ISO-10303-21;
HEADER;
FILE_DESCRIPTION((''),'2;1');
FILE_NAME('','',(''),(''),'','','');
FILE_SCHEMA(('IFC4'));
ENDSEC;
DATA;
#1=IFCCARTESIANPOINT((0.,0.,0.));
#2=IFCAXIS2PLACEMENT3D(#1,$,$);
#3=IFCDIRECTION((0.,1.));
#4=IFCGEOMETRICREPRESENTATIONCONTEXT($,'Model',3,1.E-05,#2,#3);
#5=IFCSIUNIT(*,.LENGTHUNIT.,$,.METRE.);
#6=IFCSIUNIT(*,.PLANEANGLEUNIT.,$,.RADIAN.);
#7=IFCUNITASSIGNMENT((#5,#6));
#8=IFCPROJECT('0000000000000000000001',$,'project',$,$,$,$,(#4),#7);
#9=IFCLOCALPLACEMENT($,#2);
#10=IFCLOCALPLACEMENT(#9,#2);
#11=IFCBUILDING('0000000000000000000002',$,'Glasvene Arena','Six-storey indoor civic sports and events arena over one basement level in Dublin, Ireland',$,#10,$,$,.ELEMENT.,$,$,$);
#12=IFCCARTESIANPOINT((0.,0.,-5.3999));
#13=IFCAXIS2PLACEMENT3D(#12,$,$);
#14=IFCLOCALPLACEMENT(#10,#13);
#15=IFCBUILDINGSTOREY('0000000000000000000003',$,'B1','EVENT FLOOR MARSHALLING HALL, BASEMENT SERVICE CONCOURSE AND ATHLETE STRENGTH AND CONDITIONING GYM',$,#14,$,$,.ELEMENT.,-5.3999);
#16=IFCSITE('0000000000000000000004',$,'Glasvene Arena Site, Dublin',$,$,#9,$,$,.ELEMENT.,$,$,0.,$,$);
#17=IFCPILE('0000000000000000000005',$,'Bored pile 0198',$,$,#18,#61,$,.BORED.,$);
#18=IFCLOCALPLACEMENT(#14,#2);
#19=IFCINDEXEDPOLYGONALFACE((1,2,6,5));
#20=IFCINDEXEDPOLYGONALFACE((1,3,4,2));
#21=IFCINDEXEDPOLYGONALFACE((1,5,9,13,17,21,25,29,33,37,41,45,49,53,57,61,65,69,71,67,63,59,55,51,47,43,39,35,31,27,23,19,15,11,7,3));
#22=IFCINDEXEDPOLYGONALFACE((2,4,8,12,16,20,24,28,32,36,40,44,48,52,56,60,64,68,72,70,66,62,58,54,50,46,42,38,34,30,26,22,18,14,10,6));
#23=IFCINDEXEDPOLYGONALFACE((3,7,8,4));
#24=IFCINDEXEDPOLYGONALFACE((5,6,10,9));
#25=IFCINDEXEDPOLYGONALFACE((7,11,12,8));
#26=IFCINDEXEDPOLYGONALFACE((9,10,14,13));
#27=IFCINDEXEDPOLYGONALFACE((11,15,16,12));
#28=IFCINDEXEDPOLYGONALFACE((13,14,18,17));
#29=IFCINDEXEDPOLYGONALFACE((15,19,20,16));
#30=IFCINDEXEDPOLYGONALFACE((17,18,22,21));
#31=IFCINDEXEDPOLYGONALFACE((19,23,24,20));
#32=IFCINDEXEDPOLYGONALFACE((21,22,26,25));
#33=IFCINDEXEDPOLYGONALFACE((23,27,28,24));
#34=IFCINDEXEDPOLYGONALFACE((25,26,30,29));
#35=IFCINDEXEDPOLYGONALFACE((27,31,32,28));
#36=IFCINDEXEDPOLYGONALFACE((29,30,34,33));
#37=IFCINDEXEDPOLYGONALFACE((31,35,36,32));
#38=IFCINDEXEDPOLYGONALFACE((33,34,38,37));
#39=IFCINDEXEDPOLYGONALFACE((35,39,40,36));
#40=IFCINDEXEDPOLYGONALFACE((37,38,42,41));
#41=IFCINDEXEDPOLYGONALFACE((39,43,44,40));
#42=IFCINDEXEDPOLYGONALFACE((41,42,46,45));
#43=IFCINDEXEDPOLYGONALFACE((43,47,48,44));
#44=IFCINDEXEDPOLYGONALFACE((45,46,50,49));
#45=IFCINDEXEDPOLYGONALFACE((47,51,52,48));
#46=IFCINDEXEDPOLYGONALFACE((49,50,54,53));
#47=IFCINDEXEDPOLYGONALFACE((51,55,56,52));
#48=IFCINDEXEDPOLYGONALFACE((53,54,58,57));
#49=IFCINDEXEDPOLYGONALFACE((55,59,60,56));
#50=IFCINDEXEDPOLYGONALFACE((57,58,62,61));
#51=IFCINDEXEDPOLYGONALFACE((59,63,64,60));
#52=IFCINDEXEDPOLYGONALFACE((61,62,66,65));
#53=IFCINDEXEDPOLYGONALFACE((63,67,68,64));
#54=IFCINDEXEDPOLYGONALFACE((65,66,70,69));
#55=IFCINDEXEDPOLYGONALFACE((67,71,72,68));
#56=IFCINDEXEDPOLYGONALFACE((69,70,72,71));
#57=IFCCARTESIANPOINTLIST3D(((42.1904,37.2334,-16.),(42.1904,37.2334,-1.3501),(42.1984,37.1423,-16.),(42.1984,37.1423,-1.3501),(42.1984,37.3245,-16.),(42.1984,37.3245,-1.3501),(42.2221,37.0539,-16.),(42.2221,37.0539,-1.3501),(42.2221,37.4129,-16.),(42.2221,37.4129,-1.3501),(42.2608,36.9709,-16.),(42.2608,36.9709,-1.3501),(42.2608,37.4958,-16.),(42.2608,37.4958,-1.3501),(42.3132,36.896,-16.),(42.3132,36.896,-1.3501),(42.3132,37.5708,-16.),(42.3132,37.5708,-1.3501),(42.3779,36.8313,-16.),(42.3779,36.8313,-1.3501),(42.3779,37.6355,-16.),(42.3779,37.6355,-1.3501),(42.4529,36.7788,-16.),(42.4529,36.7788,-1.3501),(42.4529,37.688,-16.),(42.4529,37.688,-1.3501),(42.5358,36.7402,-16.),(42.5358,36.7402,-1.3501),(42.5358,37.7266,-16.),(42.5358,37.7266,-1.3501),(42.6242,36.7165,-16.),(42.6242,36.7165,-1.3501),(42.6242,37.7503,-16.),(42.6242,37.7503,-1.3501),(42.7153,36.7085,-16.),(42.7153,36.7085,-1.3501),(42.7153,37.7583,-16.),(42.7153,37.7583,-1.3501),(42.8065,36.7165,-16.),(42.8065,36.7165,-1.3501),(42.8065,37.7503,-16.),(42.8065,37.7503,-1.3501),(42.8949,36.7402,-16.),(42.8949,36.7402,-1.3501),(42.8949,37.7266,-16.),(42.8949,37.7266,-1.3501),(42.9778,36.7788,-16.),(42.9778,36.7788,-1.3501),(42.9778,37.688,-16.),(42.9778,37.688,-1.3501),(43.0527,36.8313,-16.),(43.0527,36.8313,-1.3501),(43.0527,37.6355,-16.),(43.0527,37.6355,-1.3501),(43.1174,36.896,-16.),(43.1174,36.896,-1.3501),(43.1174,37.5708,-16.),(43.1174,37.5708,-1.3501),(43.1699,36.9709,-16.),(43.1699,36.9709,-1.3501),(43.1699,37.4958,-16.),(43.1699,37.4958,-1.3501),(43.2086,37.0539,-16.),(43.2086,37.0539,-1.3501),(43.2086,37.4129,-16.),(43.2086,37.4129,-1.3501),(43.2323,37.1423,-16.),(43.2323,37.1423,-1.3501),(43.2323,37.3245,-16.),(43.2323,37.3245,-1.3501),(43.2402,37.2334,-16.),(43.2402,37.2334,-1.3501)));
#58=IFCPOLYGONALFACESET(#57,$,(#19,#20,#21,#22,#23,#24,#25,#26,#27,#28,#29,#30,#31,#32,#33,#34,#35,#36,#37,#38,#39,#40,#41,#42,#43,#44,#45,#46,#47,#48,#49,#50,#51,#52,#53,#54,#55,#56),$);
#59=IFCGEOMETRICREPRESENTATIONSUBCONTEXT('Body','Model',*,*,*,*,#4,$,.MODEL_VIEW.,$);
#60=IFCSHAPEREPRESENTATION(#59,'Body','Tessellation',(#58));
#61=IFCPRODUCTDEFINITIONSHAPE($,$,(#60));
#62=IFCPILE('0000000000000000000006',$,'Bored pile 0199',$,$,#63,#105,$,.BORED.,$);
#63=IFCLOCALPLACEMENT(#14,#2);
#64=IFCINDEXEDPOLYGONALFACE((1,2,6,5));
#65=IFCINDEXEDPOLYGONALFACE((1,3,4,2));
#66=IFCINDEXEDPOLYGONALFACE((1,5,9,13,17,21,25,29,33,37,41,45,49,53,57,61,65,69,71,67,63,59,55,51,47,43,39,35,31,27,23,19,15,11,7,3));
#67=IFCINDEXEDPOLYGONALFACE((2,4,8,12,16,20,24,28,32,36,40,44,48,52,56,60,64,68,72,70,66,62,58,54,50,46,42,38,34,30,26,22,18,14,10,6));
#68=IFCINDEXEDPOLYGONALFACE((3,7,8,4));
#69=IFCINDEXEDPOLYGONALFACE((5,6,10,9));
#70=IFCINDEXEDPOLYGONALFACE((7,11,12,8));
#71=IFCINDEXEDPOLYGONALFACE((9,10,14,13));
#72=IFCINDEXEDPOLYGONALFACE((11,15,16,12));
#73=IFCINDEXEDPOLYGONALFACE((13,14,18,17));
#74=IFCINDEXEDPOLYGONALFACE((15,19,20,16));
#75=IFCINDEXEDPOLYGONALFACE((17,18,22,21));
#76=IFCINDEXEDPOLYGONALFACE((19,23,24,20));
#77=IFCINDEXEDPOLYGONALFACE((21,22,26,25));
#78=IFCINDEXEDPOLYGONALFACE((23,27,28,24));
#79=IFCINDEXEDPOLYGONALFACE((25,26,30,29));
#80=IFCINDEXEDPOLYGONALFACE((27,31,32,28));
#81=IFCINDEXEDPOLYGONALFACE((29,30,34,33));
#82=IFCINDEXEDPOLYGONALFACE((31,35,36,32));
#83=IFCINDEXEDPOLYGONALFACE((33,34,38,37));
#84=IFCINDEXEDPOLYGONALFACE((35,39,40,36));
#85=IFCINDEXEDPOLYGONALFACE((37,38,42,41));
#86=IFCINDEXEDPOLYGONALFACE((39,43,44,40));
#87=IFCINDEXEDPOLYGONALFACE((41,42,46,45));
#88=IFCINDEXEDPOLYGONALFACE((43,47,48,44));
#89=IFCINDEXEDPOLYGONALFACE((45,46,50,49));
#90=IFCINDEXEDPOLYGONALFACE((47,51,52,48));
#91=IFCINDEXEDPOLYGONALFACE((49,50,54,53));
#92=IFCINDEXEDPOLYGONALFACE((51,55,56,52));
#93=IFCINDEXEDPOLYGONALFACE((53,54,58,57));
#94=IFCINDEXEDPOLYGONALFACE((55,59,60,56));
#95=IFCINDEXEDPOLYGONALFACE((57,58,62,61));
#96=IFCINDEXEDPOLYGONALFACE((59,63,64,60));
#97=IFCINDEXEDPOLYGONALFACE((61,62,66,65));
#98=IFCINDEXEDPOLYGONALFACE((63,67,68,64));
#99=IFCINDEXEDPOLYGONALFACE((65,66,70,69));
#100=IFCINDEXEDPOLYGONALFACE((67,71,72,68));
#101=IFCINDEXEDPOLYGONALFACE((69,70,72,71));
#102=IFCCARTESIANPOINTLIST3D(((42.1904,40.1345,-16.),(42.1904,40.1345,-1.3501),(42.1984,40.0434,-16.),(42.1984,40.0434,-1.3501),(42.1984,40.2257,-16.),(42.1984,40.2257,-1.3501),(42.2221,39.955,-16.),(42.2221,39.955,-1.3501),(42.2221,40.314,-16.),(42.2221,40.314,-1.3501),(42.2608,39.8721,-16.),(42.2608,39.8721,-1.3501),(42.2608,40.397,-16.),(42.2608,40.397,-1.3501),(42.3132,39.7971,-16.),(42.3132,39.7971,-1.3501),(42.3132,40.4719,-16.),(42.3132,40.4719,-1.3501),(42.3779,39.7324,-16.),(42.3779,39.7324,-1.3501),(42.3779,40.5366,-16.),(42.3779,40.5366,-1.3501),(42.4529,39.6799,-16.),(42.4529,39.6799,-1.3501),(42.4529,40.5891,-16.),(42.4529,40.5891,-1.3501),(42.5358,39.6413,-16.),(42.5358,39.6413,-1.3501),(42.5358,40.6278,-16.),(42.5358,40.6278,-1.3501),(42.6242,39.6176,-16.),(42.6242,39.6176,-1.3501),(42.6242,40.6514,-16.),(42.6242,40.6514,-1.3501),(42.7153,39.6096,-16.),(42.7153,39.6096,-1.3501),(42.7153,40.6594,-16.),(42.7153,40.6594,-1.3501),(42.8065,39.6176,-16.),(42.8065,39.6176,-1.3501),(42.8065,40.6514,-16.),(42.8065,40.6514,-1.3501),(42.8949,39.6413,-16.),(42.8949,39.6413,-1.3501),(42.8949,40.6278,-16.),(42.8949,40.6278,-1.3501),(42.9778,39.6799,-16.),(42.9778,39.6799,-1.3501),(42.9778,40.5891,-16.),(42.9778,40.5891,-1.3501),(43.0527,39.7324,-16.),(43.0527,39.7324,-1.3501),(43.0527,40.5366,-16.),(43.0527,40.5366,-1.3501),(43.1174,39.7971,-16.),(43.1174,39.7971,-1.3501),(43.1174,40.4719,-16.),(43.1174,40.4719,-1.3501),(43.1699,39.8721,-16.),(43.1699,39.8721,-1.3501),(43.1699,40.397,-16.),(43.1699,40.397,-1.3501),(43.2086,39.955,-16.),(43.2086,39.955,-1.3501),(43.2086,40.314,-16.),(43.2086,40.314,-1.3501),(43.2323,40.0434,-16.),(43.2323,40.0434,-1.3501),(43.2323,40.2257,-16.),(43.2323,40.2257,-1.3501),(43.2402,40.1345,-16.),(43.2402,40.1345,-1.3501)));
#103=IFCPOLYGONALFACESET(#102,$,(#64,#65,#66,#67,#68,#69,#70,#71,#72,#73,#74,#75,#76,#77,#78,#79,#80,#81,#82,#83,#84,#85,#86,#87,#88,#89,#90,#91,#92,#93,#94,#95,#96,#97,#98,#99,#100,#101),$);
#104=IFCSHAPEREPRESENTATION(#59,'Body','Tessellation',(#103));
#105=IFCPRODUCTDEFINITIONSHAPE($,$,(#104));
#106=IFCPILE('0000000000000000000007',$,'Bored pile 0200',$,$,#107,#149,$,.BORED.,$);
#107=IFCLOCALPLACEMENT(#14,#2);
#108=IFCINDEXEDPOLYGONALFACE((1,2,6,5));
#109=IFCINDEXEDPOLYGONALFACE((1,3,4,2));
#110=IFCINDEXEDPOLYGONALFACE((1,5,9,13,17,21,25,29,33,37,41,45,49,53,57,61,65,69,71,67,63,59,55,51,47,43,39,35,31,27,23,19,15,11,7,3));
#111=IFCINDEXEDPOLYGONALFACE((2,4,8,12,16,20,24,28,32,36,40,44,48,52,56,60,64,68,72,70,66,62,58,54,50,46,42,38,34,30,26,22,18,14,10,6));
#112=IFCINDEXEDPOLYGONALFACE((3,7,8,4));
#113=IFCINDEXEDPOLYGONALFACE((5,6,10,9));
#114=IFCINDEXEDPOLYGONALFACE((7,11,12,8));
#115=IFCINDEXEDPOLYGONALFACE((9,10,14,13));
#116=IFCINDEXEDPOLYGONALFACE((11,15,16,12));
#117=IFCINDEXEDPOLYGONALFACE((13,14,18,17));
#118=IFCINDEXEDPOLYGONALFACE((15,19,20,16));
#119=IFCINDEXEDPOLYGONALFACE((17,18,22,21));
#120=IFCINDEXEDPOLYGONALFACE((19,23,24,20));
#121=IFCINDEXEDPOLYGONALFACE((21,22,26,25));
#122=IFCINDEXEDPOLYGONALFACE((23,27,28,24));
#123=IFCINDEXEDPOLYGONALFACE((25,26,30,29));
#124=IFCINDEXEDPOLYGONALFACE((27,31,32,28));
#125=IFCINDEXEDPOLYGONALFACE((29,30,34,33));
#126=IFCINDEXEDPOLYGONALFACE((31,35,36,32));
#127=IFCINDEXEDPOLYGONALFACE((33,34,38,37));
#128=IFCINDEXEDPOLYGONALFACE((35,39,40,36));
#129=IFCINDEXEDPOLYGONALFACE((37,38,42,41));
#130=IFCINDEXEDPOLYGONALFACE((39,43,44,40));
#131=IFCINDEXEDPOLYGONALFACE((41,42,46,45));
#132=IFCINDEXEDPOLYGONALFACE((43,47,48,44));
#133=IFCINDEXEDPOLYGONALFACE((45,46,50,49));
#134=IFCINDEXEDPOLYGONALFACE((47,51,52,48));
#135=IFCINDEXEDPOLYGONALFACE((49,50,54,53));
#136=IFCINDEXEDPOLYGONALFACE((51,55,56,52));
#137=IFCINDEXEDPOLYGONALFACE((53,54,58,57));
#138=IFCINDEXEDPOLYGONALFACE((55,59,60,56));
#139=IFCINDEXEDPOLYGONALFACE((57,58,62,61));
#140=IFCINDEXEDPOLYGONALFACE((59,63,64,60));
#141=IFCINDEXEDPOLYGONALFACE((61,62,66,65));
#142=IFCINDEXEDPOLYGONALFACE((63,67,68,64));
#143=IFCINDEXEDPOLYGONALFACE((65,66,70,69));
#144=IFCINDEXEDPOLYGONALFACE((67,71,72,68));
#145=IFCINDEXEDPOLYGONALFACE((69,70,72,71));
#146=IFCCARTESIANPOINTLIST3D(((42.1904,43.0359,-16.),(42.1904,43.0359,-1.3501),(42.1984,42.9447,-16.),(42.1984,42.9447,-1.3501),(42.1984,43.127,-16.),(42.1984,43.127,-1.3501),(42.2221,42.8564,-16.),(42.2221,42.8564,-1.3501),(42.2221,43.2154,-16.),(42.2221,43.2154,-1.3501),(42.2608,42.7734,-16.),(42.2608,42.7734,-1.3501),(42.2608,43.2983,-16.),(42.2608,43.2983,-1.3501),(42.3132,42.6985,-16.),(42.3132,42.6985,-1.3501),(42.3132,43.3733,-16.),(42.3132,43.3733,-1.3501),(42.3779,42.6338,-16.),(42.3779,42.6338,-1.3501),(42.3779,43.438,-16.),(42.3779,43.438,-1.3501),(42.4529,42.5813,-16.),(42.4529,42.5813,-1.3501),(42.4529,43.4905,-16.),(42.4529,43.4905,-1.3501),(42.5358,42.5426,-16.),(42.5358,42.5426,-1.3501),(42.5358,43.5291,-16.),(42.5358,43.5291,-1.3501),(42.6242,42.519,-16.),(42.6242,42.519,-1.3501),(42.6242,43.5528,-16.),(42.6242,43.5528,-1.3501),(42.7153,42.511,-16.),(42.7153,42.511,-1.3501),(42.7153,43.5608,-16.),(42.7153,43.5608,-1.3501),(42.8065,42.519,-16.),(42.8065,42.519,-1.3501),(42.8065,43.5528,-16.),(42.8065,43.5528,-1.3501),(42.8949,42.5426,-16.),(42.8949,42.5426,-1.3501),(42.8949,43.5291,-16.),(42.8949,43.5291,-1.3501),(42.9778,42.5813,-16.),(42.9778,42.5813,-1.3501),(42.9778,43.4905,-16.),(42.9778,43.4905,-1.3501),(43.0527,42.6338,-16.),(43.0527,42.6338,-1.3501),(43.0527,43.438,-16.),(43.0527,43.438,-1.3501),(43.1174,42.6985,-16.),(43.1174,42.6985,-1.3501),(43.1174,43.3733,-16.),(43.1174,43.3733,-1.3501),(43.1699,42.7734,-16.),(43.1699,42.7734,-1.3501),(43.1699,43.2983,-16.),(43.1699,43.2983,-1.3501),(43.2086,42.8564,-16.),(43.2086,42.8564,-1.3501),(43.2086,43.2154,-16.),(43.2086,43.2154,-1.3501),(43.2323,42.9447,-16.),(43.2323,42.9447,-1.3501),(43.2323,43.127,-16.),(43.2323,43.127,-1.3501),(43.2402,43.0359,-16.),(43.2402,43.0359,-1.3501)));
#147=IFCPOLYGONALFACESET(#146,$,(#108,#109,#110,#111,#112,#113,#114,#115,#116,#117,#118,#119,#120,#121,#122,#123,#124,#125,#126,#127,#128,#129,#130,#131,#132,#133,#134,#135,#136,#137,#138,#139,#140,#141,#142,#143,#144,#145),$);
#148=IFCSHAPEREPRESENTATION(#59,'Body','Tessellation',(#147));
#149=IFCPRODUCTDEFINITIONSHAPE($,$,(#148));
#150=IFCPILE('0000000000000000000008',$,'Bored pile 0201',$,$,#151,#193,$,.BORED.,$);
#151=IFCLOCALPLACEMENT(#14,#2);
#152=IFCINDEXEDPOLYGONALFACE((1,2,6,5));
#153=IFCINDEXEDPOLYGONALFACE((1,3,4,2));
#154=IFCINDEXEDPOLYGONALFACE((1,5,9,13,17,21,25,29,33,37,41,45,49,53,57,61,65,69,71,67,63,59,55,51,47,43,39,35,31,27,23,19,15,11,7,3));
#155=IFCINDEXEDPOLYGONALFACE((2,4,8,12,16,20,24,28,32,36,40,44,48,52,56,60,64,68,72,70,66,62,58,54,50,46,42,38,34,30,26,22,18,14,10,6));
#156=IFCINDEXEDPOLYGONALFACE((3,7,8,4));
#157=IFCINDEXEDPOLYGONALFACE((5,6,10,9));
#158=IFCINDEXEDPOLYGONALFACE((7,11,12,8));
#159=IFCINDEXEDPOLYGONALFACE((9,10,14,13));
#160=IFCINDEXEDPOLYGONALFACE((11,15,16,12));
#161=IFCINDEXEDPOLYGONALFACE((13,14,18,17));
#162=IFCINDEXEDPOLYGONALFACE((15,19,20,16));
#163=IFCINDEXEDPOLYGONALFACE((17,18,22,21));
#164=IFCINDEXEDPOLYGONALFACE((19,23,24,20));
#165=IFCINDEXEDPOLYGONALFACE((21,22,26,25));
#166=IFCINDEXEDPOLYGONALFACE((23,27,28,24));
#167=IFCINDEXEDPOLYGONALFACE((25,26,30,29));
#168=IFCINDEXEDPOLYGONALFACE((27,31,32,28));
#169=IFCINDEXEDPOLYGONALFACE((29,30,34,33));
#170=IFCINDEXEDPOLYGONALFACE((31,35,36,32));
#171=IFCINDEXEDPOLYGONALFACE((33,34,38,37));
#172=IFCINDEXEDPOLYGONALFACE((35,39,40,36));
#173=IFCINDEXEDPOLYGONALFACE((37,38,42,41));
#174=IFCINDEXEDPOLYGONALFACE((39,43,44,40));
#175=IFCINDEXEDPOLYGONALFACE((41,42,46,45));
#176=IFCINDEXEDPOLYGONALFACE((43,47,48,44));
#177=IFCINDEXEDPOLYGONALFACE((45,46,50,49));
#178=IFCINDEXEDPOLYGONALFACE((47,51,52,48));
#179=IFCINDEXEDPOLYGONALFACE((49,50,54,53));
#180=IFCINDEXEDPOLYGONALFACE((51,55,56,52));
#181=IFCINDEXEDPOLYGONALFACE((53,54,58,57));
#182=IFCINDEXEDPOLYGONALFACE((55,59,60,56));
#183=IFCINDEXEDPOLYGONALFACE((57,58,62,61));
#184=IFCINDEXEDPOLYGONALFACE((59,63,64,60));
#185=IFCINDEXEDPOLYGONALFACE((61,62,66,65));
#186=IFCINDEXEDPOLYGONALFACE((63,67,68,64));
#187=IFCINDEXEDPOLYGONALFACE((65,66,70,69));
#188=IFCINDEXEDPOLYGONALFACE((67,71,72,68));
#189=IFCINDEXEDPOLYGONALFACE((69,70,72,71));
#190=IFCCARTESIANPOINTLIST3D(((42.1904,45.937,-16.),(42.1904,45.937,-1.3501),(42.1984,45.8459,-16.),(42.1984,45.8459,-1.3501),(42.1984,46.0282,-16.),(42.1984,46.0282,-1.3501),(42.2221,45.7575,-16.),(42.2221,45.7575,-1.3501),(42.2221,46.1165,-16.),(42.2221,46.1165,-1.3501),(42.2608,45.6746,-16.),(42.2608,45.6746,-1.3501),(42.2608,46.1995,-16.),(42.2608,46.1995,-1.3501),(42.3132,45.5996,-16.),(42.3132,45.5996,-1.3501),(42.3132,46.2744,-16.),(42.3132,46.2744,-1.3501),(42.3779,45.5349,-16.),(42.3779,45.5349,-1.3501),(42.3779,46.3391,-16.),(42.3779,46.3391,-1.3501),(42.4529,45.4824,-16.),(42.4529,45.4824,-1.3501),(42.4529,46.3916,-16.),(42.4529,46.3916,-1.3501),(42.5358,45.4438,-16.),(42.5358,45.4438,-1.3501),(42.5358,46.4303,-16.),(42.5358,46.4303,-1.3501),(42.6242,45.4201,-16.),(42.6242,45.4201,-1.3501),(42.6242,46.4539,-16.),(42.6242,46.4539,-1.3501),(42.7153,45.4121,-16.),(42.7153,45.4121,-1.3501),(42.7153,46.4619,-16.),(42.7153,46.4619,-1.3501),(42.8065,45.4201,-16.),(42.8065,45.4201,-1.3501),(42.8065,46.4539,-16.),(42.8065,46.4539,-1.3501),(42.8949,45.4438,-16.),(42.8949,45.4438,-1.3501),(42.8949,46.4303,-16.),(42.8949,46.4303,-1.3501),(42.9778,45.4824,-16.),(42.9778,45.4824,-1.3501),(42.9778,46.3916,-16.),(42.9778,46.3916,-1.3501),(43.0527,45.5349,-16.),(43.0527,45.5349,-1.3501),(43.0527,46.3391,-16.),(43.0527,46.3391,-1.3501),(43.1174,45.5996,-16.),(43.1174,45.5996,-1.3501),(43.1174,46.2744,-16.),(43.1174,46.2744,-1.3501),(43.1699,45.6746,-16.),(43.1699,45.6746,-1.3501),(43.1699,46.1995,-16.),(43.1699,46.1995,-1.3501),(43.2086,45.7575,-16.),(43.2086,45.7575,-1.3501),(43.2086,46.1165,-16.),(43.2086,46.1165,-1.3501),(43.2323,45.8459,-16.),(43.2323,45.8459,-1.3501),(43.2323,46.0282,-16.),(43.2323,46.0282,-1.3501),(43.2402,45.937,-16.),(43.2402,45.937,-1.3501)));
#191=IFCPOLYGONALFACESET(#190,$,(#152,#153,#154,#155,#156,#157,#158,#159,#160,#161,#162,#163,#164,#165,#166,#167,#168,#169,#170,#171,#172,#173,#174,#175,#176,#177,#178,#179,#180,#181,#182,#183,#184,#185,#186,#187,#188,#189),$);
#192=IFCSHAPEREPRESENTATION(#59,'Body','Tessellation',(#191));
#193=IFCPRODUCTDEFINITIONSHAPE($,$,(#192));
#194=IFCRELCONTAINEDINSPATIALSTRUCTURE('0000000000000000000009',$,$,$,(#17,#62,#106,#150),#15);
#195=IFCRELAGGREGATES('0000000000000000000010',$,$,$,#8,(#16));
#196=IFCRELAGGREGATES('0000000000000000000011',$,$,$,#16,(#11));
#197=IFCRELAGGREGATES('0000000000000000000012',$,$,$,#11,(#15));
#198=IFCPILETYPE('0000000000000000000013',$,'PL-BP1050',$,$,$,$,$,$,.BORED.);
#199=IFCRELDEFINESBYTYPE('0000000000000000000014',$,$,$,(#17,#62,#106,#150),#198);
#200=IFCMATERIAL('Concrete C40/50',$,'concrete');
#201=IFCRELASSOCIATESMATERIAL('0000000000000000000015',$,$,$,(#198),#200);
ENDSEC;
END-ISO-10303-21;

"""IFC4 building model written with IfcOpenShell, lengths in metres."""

from ifc_helpers import new_model, si_unit, direction, frame, origin, origin_2d, place, context, subcontext, project, spatial, circle, extrude, material, material_profile, profile_set, type_object, element, save


model = new_model("IFC4")

# Units and contexts
model_context = context("Model", 3, precision=1e-05, world=origin(), true_north=direction((0.0, 1.0)))
body_context = subcontext(model_context, "Body", "Model", "MODEL_VIEW")
ifc_project = project(units=[si_unit("LENGTHUNIT", "METRE"), si_unit("PLANEANGLEUNIT", "RADIAN")], contexts=[model_context])

# Site, building, storey
site_placement = place(None, origin())
site = spatial("IfcSite", under=ifc_project, at=site_placement, Name="Glasvene Arena Site, Dublin", CompositionType="ELEMENT", RefElevation=0.0)
building_placement = place(site_placement, origin())
building = spatial("IfcBuilding", under=site, at=building_placement, Name="Glasvene Arena", Description="Six-storey indoor civic sports and events arena over one basement level in Dublin, Ireland", CompositionType="ELEMENT")
storey_placement = place(building_placement, frame((0.0, 0.0, -5.3999)))
storey = spatial("IfcBuildingStorey", under=building, at=storey_placement, Name="B1", Description="EVENT FLOOR MARSHALLING HALL, BASEMENT SERVICE CONCOURSE AND ATHLETE STRENGTH AND CONDITIONING GYM", CompositionType="ELEMENT", Elevation=-5.3999)

# Piles
ifc_material_1 = material(Name="Concrete C40/50", Category="concrete")
ifc_material_profile_1 = material_profile(ifc_material_1, circle(Radius=0.5249, at=origin_2d()), Name="BORED PILE 1050")
ifc_profile_set_1 = profile_set([ifc_material_profile_1], Name="Concrete C40/50")
pile_type = type_object("IfcPileType", Name="PL-BP1050", PredefinedType="BORED", material=ifc_profile_set_1)
for number, where, z_axis, x_axis, name in (
    (1, (42.7153, 37.2334, -1.3501), (0.0, 0.0, -1.0), (1.0, 0.0, 0.0), "Bored pile 0198"),
    (2, (42.7153, 40.1345, -1.3501), (0.0, 0.0, -1.0), (1.0, 0.0, 0.0), "Bored pile 0199"),
    (3, (42.7153, 43.0359, -1.3501), (0.0, 0.0, -1.0), (1.0, 0.0, 0.0), "Bored pile 0200"),
    (4, (42.7153, 45.937, -1.3501), (0.0, 0.0, -1.0), (1.0, 0.0, 0.0), "Bored pile 0201"),
):
    element("IfcPile", number, at=place(storey_placement, frame(where, z_axis=z_axis, x_axis=x_axis)), inside=storey, type_object=pile_type, Name=name, PredefinedType="BORED", context=body_context, shape_type="SweptSolid", body=[
        extrude(circle(Radius=0.5249, at=origin_2d()), origin(), (0.0, 0.0, 1.0), 14.6499),
    ])

save(model, "model.ifc")
